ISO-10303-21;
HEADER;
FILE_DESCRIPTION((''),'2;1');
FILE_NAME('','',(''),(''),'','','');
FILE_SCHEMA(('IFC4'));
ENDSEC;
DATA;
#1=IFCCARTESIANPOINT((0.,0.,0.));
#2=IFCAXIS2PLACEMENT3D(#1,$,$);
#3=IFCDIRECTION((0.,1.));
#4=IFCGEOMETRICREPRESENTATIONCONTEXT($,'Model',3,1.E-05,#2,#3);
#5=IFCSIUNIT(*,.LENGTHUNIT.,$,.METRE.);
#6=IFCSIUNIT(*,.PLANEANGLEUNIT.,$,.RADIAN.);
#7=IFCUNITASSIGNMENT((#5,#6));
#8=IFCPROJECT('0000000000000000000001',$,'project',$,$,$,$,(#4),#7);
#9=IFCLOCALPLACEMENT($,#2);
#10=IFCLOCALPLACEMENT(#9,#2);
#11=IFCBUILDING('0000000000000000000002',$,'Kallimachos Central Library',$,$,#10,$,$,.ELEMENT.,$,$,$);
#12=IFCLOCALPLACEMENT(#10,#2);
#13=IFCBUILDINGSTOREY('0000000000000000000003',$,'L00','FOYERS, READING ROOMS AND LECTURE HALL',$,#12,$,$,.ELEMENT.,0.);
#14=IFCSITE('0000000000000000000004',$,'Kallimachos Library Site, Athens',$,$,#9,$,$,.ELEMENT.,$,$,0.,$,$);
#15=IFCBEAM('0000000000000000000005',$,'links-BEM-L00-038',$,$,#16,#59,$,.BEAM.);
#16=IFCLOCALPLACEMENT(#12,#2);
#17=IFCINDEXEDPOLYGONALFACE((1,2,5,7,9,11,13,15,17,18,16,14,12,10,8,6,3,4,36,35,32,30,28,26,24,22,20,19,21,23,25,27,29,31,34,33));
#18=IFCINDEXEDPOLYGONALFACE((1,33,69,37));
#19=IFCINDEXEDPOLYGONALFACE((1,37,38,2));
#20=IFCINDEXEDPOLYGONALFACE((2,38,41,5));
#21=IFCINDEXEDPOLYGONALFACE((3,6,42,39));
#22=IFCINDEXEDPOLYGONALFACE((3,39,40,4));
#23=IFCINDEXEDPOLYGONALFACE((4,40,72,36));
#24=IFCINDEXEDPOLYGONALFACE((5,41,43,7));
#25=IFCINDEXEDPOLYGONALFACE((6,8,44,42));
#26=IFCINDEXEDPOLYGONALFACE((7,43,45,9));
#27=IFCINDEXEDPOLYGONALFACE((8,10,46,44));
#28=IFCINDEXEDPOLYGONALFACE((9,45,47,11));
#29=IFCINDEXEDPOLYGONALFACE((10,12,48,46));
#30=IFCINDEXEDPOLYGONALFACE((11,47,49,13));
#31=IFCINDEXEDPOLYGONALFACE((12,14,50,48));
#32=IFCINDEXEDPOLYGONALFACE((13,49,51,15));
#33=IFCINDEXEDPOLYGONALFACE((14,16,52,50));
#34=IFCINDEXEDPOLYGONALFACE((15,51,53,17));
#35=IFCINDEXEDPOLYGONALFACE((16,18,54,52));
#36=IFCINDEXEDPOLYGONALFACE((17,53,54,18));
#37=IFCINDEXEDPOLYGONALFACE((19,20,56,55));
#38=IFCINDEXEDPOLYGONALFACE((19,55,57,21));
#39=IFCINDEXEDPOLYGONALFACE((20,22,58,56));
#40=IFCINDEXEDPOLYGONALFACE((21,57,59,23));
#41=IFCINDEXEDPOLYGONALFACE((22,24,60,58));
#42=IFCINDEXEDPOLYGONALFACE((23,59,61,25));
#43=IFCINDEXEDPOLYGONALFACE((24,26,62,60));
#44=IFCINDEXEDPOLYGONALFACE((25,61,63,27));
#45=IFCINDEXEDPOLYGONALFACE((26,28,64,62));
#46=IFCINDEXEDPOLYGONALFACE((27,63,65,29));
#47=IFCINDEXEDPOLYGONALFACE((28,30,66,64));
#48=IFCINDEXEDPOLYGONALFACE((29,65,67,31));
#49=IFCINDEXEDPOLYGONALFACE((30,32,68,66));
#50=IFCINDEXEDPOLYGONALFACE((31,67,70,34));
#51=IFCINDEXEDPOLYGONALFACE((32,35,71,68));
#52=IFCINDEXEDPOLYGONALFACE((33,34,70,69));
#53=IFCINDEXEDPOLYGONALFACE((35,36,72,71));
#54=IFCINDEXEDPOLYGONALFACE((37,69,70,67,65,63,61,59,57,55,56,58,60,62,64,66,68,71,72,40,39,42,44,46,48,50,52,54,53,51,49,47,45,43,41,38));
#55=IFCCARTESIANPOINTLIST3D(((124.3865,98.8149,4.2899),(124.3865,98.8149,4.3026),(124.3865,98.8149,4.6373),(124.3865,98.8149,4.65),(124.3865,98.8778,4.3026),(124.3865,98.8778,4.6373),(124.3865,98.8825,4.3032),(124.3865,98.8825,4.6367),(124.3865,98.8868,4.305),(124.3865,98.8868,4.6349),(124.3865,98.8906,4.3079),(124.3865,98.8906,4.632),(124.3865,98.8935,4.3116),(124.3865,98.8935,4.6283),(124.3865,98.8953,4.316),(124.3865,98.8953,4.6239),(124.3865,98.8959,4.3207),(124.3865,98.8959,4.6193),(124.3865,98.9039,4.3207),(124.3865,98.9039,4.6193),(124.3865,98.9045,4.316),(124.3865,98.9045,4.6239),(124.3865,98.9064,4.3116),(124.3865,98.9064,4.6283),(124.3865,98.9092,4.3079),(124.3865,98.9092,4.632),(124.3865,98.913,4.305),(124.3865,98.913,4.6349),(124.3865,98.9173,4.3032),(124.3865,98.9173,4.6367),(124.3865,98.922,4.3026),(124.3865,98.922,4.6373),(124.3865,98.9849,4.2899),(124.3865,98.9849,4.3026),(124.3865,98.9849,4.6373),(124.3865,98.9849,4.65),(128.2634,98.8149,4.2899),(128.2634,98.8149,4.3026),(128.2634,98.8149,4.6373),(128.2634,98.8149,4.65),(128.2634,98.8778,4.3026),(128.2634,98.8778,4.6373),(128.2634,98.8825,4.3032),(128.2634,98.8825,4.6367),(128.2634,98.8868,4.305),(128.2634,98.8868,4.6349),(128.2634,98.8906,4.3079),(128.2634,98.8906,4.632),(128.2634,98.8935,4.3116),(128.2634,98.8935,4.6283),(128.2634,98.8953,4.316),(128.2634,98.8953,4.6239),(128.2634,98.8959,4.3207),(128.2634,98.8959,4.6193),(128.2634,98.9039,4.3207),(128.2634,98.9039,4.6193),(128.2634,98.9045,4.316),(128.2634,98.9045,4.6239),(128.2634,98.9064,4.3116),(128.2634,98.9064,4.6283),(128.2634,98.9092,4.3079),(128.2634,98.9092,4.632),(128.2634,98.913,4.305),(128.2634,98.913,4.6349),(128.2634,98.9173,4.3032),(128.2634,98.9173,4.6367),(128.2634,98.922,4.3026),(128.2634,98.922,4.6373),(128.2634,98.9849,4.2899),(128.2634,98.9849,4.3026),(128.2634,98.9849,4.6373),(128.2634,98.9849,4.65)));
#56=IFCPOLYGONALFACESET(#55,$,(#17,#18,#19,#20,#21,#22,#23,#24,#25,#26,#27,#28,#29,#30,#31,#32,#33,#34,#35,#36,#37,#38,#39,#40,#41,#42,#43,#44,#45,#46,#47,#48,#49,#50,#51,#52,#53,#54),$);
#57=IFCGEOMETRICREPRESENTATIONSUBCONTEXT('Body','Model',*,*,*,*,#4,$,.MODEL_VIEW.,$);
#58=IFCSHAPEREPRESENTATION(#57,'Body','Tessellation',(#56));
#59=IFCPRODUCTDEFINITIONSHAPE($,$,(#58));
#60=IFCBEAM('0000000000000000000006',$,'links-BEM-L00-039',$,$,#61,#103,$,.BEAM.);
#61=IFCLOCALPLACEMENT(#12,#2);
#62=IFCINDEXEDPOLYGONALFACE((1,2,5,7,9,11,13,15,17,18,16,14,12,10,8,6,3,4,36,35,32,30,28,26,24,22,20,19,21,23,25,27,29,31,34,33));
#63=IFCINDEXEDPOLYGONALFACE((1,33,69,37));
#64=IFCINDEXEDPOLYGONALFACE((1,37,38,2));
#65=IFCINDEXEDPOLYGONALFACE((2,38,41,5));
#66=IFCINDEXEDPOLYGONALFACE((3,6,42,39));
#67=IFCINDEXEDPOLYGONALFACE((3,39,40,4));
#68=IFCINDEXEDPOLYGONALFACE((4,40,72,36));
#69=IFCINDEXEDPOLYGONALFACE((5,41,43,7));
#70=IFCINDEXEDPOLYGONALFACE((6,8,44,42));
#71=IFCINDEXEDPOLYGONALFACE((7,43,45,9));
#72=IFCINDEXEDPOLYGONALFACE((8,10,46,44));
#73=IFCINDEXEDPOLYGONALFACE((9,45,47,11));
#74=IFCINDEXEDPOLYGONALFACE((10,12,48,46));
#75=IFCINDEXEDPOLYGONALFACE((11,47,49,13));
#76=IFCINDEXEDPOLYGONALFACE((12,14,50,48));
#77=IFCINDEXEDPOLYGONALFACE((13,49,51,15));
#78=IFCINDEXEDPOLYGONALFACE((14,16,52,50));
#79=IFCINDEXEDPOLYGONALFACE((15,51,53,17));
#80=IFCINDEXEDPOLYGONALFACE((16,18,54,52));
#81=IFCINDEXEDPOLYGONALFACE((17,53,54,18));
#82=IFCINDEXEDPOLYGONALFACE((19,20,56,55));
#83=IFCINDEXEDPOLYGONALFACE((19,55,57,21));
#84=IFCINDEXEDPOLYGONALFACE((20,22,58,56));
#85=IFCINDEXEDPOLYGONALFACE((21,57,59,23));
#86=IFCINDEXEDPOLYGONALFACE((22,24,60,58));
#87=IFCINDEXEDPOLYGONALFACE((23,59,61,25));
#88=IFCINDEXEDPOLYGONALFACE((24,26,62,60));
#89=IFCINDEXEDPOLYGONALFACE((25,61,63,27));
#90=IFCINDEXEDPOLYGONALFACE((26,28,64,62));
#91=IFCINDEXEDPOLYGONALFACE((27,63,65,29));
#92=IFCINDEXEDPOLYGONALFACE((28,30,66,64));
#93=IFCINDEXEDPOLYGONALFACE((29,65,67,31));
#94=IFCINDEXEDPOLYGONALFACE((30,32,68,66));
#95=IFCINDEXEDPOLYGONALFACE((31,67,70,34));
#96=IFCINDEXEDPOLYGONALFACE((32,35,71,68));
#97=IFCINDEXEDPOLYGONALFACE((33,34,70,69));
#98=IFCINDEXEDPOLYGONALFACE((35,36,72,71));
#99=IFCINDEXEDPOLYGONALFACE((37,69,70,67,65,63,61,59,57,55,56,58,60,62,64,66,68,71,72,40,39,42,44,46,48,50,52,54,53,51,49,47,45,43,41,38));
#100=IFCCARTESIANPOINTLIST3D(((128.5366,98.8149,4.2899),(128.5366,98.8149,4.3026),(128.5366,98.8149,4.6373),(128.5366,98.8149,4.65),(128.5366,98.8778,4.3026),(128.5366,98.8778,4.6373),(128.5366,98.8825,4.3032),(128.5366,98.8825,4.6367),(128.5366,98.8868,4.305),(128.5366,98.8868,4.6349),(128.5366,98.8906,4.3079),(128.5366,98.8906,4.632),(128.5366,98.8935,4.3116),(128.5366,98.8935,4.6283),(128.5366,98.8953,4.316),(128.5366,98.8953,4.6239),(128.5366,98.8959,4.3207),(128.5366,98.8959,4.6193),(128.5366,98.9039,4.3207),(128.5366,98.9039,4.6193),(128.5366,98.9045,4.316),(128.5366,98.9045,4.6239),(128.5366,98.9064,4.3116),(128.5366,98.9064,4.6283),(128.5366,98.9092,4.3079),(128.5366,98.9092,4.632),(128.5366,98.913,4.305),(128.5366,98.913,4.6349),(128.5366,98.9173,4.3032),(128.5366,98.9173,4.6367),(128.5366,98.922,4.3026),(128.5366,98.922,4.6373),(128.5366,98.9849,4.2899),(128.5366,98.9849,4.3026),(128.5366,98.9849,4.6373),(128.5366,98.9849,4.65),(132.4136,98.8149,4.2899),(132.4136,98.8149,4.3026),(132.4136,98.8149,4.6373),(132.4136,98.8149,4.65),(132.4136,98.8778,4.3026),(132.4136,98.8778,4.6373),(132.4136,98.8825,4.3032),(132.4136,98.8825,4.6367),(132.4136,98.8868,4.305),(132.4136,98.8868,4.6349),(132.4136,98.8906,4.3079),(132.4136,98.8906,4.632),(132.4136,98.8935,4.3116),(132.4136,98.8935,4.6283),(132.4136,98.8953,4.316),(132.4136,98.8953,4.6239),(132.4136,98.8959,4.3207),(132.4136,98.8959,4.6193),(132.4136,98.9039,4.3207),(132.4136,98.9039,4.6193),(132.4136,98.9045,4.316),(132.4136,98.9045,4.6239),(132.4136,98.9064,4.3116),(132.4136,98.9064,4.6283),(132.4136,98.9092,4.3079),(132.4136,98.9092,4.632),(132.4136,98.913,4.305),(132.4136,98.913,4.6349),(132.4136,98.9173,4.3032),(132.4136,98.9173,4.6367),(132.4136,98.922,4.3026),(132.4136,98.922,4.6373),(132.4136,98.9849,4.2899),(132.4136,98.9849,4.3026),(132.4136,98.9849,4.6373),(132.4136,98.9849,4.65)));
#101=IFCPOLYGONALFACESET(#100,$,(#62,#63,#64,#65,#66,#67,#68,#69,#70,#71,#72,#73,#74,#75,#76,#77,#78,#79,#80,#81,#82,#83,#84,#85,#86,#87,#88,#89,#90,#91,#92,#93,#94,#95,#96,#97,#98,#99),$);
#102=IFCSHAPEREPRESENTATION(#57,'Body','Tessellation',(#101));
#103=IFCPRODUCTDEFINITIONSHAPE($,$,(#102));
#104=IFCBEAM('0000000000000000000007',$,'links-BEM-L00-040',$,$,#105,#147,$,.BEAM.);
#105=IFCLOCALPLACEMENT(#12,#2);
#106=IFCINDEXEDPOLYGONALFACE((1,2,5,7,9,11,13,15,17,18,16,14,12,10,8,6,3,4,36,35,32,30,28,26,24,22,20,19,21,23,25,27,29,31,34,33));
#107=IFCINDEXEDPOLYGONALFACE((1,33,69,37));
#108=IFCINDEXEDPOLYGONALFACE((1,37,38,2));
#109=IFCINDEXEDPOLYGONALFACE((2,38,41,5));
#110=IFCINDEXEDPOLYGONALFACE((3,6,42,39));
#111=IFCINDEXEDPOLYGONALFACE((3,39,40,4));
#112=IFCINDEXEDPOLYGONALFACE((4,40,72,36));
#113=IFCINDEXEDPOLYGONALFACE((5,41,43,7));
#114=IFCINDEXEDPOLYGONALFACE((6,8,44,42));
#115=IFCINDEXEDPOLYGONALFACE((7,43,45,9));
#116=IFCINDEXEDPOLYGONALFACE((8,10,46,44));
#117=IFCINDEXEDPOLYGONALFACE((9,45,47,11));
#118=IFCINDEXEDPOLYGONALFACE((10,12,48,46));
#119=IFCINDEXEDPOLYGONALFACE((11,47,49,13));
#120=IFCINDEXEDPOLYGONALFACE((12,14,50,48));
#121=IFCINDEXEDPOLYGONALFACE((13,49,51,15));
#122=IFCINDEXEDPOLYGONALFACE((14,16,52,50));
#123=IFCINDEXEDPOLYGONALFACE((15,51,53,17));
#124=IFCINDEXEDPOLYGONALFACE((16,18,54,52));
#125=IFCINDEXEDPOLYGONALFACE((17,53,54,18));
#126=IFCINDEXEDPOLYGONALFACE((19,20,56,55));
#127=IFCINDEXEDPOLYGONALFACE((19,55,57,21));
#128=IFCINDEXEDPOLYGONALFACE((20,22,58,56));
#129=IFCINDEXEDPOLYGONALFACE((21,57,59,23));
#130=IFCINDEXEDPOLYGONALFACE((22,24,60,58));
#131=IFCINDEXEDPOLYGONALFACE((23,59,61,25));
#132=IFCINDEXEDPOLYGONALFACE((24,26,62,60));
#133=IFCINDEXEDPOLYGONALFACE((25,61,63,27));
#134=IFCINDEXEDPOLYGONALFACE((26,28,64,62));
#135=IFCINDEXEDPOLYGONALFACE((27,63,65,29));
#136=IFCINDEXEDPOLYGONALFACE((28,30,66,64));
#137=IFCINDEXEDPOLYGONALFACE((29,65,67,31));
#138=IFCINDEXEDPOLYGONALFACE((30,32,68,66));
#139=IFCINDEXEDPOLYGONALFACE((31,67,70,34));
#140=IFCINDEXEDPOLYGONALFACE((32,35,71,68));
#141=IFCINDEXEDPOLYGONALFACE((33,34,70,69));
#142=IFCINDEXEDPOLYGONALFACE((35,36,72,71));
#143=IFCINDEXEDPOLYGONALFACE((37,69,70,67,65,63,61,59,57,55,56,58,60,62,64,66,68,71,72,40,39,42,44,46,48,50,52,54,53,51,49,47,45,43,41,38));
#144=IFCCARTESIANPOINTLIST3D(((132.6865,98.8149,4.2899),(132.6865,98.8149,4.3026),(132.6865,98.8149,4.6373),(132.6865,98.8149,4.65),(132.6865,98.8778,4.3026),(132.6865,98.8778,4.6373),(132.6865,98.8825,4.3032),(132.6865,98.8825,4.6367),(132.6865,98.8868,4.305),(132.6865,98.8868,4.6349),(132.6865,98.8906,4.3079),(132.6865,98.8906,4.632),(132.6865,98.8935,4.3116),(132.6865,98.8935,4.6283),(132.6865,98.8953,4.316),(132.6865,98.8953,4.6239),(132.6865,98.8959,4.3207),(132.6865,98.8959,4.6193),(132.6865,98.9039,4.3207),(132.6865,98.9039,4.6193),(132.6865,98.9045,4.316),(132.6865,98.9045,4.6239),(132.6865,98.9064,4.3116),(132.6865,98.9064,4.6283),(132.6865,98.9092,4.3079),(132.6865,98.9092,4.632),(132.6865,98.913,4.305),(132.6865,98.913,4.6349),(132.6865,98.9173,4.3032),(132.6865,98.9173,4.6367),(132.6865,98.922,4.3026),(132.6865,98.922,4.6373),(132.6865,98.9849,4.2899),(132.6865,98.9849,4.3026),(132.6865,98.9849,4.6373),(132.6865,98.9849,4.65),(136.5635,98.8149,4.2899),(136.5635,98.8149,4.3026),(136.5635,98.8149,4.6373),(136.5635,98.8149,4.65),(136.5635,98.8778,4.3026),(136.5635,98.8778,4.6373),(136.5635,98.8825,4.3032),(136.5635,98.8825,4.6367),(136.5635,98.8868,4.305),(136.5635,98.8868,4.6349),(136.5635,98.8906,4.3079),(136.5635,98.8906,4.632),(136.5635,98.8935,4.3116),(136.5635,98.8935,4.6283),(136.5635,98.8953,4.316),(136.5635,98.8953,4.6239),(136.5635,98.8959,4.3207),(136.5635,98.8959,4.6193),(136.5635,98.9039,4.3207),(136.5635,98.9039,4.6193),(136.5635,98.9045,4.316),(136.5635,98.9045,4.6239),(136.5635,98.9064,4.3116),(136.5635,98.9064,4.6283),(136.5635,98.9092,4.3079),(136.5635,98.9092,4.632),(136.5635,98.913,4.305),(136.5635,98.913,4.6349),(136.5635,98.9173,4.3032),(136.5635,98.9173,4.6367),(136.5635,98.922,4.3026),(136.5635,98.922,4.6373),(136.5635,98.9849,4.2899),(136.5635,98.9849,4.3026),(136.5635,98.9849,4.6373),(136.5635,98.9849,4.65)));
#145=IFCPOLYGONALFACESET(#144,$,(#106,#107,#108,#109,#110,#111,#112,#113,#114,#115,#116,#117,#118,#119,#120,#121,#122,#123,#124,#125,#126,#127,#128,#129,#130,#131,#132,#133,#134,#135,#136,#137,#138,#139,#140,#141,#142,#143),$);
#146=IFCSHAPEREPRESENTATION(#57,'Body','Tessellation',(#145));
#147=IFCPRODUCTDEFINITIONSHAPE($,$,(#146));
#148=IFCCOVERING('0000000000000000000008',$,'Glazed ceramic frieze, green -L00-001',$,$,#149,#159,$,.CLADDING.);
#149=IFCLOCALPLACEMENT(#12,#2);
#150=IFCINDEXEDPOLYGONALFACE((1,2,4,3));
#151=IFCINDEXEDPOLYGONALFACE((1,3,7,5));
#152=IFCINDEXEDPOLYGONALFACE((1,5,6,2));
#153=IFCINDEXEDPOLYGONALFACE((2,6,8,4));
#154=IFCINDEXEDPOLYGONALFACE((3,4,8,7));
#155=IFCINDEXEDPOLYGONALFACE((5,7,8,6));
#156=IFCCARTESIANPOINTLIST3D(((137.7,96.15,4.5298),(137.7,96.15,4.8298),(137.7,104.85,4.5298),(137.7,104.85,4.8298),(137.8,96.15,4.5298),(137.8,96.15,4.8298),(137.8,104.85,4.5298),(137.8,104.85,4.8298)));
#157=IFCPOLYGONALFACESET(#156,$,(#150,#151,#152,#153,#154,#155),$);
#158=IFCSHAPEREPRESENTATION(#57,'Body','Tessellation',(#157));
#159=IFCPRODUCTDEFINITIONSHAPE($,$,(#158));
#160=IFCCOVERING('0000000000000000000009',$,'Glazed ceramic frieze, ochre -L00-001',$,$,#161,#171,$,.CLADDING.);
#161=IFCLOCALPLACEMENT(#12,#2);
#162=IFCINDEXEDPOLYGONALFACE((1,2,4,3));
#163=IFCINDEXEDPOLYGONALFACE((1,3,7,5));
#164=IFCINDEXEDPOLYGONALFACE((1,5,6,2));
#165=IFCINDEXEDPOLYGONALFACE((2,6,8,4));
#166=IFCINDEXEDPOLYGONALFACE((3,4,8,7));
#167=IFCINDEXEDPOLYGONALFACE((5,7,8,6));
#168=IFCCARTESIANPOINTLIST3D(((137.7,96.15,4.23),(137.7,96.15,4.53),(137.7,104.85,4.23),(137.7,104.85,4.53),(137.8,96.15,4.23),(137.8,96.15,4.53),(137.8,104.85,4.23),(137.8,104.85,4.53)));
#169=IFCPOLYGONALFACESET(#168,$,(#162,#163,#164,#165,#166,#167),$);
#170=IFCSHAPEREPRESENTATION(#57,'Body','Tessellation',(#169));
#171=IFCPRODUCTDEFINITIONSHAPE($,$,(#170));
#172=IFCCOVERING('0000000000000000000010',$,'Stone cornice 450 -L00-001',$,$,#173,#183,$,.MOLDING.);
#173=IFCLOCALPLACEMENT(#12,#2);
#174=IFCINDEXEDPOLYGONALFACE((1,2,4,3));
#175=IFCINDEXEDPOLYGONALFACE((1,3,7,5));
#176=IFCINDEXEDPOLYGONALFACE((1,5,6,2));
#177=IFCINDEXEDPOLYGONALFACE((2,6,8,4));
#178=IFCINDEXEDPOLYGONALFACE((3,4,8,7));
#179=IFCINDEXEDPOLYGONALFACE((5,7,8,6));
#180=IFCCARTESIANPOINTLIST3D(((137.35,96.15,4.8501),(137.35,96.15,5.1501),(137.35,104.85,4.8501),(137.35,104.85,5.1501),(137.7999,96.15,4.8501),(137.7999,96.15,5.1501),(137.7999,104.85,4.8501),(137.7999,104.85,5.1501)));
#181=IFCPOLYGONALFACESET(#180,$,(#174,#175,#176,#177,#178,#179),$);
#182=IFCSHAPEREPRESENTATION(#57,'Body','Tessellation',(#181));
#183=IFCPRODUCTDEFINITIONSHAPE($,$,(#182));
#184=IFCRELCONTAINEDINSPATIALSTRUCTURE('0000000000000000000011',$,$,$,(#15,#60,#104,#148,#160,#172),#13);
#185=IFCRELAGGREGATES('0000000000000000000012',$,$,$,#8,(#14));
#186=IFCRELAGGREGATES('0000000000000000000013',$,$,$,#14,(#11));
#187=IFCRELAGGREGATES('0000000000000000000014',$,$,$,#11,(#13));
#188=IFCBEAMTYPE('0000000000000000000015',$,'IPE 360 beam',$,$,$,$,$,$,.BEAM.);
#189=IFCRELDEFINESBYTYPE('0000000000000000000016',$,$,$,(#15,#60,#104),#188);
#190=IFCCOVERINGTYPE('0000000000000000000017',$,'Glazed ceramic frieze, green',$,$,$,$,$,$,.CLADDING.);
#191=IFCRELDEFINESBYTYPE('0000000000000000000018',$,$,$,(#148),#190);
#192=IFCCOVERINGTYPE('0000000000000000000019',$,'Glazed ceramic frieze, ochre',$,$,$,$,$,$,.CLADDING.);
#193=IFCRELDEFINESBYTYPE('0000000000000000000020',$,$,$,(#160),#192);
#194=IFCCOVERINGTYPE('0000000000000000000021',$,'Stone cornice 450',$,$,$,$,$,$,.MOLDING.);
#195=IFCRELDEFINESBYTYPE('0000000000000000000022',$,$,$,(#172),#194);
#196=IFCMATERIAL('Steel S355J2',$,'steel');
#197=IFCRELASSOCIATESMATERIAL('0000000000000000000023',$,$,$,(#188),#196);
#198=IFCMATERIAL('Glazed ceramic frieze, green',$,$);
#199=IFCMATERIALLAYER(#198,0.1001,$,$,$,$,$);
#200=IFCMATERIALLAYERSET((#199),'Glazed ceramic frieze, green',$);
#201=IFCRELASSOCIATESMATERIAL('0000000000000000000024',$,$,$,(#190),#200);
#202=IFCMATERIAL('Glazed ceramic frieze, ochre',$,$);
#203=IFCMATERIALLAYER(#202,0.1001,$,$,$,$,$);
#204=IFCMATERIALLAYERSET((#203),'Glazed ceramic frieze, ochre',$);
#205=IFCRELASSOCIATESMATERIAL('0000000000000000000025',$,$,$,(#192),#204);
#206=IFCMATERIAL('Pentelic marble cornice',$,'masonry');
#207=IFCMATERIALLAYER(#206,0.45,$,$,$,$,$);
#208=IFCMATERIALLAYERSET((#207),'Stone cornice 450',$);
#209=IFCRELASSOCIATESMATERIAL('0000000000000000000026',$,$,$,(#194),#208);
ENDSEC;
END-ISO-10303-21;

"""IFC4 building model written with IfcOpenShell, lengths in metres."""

from ifc_helpers import new_model, si_unit, direction, frame, origin, origin_2d, place, context, subcontext, project, spatial, rectangle, i_section, extrude, material, layer, layer_set, material_profile, profile_set, type_object, element, save


model = new_model("IFC4")

# Units and contexts
model_context = context("Model", 3, precision=1e-05, world=origin(), true_north=direction((0.0, 1.0)))
body_context = subcontext(model_context, "Body", "Model", "MODEL_VIEW")
ifc_project = project(units=[si_unit("LENGTHUNIT", "METRE"), si_unit("PLANEANGLEUNIT", "RADIAN")], contexts=[model_context])

# Site, building, storey
site_placement = place(None, origin())
site = spatial("IfcSite", under=ifc_project, at=site_placement, Name="Kallimachos Library Site, Athens", CompositionType="ELEMENT", RefElevation=0.0)
building_placement = place(site_placement, origin())
building = spatial("IfcBuilding", under=site, at=building_placement, Name="Kallimachos Central Library", CompositionType="ELEMENT")
storey_placement = place(building_placement, origin())
storey = spatial("IfcBuildingStorey", under=building, at=storey_placement, Name="L00", Description="FOYERS, READING ROOMS AND LECTURE HALL", CompositionType="ELEMENT", Elevation=0.0)

# Beams
ifc_material_1 = material(Name="Steel S355J2", Category="steel")
ifc_material_profile_1 = material_profile(ifc_material_1, i_section(OverallWidth=0.1699, OverallDepth=0.3601, WebThickness=0.0081, FlangeThickness=0.0127, FilletRadius=0.0181, at=origin_2d()), Name="IPE 360")
ifc_profile_set_1 = profile_set([ifc_material_profile_1], Name="Steel S355J2")
beam_type_1 = type_object("IfcBeamType", Name="IPE 360 beam", PredefinedType="BEAM", material=ifc_profile_set_1)
for number, where, z_axis, x_axis, name in (
    (1, (124.3865, 98.8999, 4.47), (1.0, 0.0, 0.0), (0.0, 1.0, 0.0), "links-BEM-L00-038"),
    (2, (128.5366, 98.8999, 4.47), (1.0, 0.0, 0.0), (0.0, 1.0, 0.0), "links-BEM-L00-039"),
    (3, (132.6865, 98.8999, 4.47), (1.0, 0.0, 0.0), (0.0, 1.0, 0.0), "links-BEM-L00-040"),
):
    element("IfcBeam", number, at=place(storey_placement, frame(where, z_axis=z_axis, x_axis=x_axis)), inside=storey, type_object=beam_type_1, Name=name, PredefinedType="BEAM", context=body_context, shape_type="SweptSolid", body=[
        extrude(i_section(OverallWidth=0.1699, OverallDepth=0.3601, WebThickness=0.0081, FlangeThickness=0.0127, FilletRadius=0.0181, at=origin_2d()), origin(), (0.0, 0.0, 1.0), 3.877),
    ])

# Coverings
ifc_material_2 = material(Name="Glazed ceramic frieze, green")
ifc_layer_1 = layer(ifc_material_2, 0.1001)
ifc_layer_set_1 = layer_set([ifc_layer_1], Name="Glazed ceramic frieze, green")
covering_type_1 = type_object("IfcCoveringType", Name="Glazed ceramic frieze, green", PredefinedType="CLADDING", material=ifc_layer_set_1)
covering_1_placement = place(storey_placement, frame((137.75, 100.5, 4.5298), z_axis=(0.0, 0.0, 1.0), x_axis=(1.0, 0.0, 0.0)))
element("IfcCovering", 4, at=covering_1_placement, inside=storey, type_object=covering_type_1, Name="Glazed ceramic frieze, green -L00-001", PredefinedType="CLADDING", context=body_context, shape_type="SweptSolid", body=[
    extrude(rectangle(XDim=0.1001, YDim=8.7, at=origin_2d()), origin(), (0.0, 0.0, 1.0), 0.3),
])
ifc_material_3 = material(Name="Glazed ceramic frieze, ochre")
ifc_layer_2 = layer(ifc_material_3, 0.1001)
ifc_layer_set_2 = layer_set([ifc_layer_2], Name="Glazed ceramic frieze, ochre")
covering_type_2 = type_object("IfcCoveringType", Name="Glazed ceramic frieze, ochre", PredefinedType="CLADDING", material=ifc_layer_set_2)
covering_2_placement = place(storey_placement, frame((137.75, 100.5, 4.23), z_axis=(0.0, 0.0, 1.0), x_axis=(1.0, 0.0, 0.0)))
element("IfcCovering", 5, at=covering_2_placement, inside=storey, type_object=covering_type_2, Name="Glazed ceramic frieze, ochre -L00-001", PredefinedType="CLADDING", context=body_context, shape_type="SweptSolid", body=[
    extrude(rectangle(XDim=0.1001, YDim=8.7, at=origin_2d()), origin(), (0.0, 0.0, 1.0), 0.3),
])
ifc_material_4 = material(Name="Pentelic marble cornice", Category="masonry")
ifc_layer_3 = layer(ifc_material_4, 0.45)
ifc_layer_set_3 = layer_set([ifc_layer_3], Name="Stone cornice 450")
covering_type_3 = type_object("IfcCoveringType", Name="Stone cornice 450", PredefinedType="MOLDING", material=ifc_layer_set_3)
covering_3_placement = place(storey_placement, frame((137.575, 100.5, 4.8501), z_axis=(0.0, 0.0, 1.0), x_axis=(1.0, 0.0, 0.0)))
element("IfcCovering", 6, at=covering_3_placement, inside=storey, type_object=covering_type_3, Name="Stone cornice 450 -L00-001", PredefinedType="MOLDING", context=body_context, shape_type="SweptSolid", body=[
    extrude(rectangle(XDim=0.45, YDim=8.7, at=origin_2d()), origin(), (0.0, 0.0, 1.0), 0.3),
])

save(model, "model.ifc")
